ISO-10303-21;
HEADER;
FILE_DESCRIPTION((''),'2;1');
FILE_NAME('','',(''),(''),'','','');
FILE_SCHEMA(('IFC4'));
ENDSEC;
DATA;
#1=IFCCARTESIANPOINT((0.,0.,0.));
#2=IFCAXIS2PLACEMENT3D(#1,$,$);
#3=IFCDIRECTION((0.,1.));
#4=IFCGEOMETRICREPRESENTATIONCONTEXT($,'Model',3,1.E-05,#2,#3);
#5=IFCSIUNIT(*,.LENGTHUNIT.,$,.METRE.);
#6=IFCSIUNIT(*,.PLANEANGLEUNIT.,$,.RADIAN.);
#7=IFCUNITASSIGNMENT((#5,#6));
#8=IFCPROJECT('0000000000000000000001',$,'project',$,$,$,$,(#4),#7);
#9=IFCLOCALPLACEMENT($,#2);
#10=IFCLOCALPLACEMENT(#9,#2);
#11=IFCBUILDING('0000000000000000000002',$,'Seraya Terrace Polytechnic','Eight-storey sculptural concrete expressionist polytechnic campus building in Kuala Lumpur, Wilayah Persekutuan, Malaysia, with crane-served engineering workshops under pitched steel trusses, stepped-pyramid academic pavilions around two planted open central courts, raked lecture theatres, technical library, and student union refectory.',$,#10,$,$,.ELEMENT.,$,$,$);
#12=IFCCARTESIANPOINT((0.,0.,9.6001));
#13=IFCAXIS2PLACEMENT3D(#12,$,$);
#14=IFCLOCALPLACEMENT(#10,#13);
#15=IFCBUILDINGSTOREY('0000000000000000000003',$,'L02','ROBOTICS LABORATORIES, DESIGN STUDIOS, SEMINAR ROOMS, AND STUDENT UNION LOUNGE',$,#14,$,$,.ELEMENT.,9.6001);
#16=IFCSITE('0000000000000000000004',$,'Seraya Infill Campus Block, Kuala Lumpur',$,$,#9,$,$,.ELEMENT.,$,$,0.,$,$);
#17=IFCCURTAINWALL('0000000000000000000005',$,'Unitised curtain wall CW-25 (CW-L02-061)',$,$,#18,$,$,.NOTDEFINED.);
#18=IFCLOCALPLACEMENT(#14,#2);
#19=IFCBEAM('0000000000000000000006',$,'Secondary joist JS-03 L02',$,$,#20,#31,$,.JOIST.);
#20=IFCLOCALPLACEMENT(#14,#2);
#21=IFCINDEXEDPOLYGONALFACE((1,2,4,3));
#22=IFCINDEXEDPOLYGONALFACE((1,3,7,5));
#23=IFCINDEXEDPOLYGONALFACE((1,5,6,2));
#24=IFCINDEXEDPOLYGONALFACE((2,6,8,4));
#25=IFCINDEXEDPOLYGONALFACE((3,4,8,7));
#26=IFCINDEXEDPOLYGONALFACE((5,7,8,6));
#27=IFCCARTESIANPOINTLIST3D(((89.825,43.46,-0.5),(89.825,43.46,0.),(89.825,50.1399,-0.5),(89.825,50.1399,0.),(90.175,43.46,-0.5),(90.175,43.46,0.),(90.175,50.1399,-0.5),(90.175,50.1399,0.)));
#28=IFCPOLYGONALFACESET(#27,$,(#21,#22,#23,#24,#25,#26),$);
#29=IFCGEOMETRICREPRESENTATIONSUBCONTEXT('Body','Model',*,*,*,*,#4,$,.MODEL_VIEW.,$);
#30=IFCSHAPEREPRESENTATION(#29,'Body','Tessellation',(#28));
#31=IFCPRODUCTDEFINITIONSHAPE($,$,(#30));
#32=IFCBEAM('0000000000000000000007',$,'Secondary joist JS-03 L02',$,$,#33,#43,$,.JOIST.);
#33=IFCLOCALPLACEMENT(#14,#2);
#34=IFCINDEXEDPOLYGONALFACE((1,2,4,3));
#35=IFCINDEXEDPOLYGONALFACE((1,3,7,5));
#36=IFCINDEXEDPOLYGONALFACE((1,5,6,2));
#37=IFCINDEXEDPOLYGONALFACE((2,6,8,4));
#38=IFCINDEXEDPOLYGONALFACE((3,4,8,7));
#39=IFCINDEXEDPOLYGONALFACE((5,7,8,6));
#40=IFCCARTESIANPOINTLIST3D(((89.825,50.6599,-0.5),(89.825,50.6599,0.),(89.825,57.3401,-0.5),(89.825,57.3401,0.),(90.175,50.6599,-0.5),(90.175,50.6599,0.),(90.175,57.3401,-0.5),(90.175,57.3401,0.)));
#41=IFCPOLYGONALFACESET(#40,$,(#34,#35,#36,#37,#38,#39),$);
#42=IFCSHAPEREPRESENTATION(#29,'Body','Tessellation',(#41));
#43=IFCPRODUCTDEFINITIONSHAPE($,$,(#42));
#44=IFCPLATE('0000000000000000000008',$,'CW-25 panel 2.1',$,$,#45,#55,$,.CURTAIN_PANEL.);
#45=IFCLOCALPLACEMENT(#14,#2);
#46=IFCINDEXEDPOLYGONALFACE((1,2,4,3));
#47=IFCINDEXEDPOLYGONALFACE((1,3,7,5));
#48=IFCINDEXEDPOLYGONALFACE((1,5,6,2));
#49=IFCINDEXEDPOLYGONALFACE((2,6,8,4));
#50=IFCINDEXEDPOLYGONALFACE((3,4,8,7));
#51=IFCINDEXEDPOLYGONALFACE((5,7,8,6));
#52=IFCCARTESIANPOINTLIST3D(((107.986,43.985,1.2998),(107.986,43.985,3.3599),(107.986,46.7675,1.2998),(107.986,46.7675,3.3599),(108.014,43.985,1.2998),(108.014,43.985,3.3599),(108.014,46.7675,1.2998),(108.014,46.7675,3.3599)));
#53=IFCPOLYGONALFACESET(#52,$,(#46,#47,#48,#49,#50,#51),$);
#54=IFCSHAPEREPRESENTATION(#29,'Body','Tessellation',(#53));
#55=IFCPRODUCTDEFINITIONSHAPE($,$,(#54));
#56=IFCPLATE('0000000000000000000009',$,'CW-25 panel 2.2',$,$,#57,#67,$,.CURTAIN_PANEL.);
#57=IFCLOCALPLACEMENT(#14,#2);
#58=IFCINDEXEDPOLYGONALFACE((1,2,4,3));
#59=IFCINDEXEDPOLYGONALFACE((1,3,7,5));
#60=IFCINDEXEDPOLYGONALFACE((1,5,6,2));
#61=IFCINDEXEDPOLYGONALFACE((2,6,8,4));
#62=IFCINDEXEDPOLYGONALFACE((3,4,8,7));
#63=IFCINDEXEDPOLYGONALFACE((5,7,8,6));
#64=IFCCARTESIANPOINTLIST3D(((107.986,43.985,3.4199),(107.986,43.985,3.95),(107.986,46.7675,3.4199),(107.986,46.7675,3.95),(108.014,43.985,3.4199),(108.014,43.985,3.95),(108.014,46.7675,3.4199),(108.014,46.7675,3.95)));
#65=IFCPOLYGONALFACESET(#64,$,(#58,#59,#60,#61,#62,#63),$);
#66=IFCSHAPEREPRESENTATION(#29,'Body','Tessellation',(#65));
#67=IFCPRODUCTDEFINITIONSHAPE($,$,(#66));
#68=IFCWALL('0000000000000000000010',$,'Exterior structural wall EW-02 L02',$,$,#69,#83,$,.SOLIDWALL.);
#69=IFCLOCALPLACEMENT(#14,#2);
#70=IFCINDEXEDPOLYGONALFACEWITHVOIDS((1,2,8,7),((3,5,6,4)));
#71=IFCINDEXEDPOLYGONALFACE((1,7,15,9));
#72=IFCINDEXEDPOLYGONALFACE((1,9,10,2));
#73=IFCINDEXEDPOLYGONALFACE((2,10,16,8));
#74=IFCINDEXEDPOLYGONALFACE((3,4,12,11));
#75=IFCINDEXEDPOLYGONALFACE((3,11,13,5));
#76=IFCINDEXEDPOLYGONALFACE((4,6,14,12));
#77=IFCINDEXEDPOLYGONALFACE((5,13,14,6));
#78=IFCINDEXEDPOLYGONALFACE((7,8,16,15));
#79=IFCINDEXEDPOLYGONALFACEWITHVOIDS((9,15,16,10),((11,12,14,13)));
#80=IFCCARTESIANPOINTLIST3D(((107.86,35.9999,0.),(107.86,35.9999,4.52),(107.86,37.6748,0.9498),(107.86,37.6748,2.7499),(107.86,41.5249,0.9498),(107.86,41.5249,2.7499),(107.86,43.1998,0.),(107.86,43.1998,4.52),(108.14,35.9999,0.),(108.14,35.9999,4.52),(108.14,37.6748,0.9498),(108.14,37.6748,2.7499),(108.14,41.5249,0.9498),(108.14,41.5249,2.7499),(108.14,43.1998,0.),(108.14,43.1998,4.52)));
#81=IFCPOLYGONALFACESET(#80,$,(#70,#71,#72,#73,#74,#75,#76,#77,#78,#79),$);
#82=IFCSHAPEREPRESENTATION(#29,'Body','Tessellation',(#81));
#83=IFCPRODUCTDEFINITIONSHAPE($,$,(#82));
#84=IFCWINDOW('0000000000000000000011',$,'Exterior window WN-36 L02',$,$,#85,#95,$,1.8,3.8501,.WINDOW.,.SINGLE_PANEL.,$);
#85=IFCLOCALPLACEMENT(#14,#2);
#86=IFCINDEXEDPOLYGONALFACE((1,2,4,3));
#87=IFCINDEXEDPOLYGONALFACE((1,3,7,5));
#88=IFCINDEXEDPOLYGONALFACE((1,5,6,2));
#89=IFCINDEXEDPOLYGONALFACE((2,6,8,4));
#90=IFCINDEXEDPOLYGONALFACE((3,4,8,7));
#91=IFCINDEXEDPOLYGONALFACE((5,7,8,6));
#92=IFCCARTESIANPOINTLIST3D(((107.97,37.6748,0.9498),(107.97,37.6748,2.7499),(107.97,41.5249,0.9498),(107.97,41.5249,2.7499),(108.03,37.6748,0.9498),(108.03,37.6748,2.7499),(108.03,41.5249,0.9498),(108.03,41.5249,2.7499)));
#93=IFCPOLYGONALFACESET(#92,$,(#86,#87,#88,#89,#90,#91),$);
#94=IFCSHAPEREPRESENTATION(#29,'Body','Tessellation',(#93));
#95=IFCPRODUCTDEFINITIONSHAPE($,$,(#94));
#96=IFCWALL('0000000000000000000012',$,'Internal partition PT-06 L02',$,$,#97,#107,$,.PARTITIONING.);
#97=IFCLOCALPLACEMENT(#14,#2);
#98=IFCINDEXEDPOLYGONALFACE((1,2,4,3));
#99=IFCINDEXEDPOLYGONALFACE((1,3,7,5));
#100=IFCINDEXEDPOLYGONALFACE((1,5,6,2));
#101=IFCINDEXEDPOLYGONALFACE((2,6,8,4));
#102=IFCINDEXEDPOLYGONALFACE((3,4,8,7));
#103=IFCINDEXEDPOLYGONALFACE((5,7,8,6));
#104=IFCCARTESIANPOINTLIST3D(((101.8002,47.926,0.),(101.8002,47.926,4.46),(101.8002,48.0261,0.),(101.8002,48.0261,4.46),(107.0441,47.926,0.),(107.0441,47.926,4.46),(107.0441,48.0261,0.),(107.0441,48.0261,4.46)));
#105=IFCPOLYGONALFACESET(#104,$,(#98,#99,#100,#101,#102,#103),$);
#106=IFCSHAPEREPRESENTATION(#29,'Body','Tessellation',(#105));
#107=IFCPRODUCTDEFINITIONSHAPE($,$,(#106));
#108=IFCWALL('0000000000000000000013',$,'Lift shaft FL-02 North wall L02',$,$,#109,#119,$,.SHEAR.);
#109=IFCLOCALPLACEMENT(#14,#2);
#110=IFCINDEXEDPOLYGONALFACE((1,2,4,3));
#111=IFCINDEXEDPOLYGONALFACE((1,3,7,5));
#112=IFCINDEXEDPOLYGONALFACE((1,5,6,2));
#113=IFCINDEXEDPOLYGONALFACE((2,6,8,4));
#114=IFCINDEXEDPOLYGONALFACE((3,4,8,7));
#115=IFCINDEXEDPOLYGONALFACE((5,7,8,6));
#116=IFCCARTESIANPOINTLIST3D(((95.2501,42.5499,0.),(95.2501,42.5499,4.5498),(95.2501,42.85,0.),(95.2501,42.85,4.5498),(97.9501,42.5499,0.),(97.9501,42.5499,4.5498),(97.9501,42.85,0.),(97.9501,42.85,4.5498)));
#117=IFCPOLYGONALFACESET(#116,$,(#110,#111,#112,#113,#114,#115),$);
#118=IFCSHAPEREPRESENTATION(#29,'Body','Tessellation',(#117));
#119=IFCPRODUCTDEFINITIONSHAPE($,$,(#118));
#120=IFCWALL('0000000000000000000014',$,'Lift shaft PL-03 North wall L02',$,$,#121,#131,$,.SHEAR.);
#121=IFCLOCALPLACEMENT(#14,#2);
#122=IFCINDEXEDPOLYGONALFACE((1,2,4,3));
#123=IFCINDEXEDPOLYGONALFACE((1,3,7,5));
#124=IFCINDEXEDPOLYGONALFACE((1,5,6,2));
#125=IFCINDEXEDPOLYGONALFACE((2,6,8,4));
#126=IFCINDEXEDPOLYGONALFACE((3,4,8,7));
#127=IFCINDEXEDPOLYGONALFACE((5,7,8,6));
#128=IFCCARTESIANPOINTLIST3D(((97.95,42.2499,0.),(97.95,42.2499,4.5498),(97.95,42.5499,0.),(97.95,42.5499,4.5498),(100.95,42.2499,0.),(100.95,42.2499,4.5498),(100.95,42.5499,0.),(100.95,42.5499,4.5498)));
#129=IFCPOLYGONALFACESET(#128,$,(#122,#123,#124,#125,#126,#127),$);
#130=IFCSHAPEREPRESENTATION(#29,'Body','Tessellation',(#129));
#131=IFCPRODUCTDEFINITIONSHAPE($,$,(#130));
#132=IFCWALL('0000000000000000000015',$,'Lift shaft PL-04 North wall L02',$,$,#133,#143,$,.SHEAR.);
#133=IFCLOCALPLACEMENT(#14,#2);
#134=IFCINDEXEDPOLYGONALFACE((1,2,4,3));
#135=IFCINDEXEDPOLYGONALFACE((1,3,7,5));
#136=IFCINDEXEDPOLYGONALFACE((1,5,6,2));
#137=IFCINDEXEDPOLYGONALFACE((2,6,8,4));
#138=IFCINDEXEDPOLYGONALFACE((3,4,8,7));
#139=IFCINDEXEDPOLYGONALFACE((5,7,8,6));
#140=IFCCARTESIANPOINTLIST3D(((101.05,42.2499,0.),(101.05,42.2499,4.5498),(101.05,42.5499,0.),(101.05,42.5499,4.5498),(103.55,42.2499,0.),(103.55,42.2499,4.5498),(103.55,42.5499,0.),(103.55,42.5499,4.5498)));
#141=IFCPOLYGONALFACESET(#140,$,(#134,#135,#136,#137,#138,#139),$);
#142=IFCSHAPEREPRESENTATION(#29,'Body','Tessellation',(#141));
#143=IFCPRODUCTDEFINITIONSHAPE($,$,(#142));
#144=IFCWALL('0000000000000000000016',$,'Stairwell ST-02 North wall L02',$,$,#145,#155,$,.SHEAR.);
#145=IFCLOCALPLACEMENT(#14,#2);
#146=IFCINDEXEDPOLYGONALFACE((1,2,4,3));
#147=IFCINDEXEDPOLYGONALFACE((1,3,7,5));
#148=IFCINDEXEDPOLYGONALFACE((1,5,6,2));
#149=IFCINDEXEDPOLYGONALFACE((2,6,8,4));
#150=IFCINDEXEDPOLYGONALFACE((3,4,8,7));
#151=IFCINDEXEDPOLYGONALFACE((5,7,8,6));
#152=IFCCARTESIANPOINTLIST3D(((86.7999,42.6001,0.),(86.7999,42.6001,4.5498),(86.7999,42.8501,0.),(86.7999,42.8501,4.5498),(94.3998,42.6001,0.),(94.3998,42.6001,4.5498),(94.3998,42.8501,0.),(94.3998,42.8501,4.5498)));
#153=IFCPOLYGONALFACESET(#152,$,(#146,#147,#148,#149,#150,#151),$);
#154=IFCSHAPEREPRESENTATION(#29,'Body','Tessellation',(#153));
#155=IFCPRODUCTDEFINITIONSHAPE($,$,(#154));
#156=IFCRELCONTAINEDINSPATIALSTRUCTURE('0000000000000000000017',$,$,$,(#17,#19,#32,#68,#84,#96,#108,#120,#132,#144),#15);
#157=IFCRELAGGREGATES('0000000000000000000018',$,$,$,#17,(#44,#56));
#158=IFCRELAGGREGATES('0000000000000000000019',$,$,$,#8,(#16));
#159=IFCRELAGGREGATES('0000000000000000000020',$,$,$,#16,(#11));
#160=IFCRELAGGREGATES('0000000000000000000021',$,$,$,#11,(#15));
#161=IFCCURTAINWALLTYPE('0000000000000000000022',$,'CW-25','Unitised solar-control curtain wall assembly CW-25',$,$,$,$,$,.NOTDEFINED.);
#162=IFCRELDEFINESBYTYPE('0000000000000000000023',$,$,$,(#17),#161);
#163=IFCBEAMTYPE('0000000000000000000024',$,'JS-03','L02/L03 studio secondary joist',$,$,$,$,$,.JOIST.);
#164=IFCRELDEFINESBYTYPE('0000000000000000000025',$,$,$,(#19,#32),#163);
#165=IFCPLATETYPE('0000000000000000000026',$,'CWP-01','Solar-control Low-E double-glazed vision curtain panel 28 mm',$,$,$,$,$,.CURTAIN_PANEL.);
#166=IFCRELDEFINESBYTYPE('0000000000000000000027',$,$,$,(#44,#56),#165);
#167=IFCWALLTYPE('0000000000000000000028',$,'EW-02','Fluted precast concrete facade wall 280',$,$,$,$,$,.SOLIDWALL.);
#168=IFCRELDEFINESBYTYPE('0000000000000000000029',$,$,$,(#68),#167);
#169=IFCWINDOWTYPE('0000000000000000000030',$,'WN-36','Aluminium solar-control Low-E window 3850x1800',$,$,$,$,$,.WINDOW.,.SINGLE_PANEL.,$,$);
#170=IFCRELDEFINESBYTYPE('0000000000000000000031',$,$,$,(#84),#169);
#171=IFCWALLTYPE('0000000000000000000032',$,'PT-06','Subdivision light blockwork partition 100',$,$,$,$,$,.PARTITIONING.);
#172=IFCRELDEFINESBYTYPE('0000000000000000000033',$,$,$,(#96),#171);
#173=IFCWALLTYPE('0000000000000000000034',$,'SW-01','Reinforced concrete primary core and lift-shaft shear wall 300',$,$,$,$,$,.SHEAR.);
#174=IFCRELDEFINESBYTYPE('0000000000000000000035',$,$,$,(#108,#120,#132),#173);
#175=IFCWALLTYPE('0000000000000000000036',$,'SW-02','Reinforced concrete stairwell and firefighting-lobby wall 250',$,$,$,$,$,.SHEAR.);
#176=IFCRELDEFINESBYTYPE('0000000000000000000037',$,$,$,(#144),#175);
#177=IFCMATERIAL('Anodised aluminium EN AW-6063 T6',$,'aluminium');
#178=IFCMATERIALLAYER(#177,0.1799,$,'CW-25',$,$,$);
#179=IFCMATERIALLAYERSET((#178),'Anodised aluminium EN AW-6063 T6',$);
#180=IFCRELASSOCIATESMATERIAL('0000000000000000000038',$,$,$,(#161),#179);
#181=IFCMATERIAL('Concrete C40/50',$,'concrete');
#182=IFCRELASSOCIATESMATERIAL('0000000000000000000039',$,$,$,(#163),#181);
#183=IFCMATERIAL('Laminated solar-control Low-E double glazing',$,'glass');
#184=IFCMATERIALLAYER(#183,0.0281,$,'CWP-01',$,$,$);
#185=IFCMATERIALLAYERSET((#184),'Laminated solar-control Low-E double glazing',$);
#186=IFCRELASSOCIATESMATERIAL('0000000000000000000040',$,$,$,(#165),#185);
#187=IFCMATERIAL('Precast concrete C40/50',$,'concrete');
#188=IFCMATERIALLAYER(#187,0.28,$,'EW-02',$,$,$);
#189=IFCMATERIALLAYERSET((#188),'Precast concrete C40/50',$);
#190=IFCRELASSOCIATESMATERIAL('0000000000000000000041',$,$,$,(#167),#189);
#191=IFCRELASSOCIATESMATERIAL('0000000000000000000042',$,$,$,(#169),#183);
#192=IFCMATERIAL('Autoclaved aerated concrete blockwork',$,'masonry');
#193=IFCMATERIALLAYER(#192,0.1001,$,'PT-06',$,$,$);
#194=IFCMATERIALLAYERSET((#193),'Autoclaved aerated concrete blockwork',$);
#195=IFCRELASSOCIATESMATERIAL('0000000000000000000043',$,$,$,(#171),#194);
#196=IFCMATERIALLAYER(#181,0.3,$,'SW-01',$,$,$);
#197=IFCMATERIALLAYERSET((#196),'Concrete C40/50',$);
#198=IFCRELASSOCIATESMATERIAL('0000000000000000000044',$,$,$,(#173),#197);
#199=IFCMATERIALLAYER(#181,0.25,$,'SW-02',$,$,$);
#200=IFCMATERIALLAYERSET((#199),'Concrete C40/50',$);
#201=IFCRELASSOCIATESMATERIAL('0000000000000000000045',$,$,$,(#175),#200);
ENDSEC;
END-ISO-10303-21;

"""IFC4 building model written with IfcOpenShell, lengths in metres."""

from ifc_helpers import new_model, si_unit, direction, frame, frame_2d, origin, origin_2d, place, context, subcontext, project, spatial, rectangle, extrude, material, layer, layer_set, material_profile, profile_set, type_object, element, fill, aggregate, save


model = new_model("IFC4")

# Units and contexts
model_context = context("Model", 3, precision=1e-05, world=origin(), true_north=direction((0.0, 1.0)))
body_context = subcontext(model_context, "Body", "Model", "MODEL_VIEW")
ifc_project = project(units=[si_unit("LENGTHUNIT", "METRE"), si_unit("PLANEANGLEUNIT", "RADIAN")], contexts=[model_context])

# Site, building, storey
site_placement = place(None, origin())
site = spatial("IfcSite", under=ifc_project, at=site_placement, Name="Seraya Infill Campus Block, Kuala Lumpur", CompositionType="ELEMENT", RefElevation=0.0)
building_placement = place(site_placement, origin())
building = spatial("IfcBuilding", under=site, at=building_placement, Name="Seraya Terrace Polytechnic", Description="Eight-storey sculptural concrete expressionist polytechnic campus building in Kuala Lumpur, Wilayah Persekutuan, Malaysia, with crane-served engineering workshops under pitched steel trusses, stepped-pyramid academic pavilions around two planted open central courts, raked lecture theatres, technical library, and student union refectory.", CompositionType="ELEMENT")
storey_placement = place(building_placement, frame((0.0, 0.0, 9.6001)))
storey = spatial("IfcBuildingStorey", under=building, at=storey_placement, Name="L02", Description="ROBOTICS LABORATORIES, DESIGN STUDIOS, SEMINAR ROOMS, AND STUDENT UNION LOUNGE", CompositionType="ELEMENT", Elevation=9.6001)

# Shared definitions
ifc_material_1 = material(Name="Concrete C40/50", Category="concrete")

# Curtain wall
ifc_material_2 = material(Name="Anodised aluminium EN AW-6063 T6", Category="aluminium")
ifc_layer_1 = layer(ifc_material_2, 0.1799, Name="CW-25")
ifc_layer_set_1 = layer_set([ifc_layer_1], Name="Anodised aluminium EN AW-6063 T6")
curtain_wall_type = type_object("IfcCurtainWallType", Name="CW-25", Description="Unitised solar-control curtain wall assembly CW-25", PredefinedType="NOTDEFINED", material=ifc_layer_set_1)
curtain_wall_placement = place(storey_placement, origin())
curtain_wall = element("IfcCurtainWall", 1, at=curtain_wall_placement, inside=storey, type_object=curtain_wall_type, Name="Unitised curtain wall CW-25 (CW-L02-061)", PredefinedType="NOTDEFINED")

# Beams
ifc_material_profile_1 = material_profile(ifc_material_1, rectangle(XDim=0.3501, YDim=0.5, at=origin_2d()), Name="RC 350x500")
ifc_profile_set_1 = profile_set([ifc_material_profile_1], Name="Concrete C40/50")
beam_type_1 = type_object("IfcBeamType", Name="JS-03", Description="L02/L03 studio secondary joist", PredefinedType="JOIST", material=ifc_profile_set_1)
beam_1_placement = place(storey_placement, frame((90.0, 43.46, -0.25), z_axis=(0.0, 1.0, 0.0), x_axis=(-1.0, 0.0, 0.0)))
element("IfcBeam", 2, at=beam_1_placement, inside=storey, type_object=beam_type_1, Name="Secondary joist JS-03 L02", PredefinedType="JOIST", context=body_context, shape_type="SweptSolid", body=[
    extrude(rectangle(XDim=0.3501, YDim=0.5, at=origin_2d()), origin(), (0.0, 0.0, 1.0), 6.6799),
])
beam_2_placement = place(storey_placement, frame((90.0, 50.6599, -0.25), z_axis=(0.0, 1.0, 0.0), x_axis=(-1.0, 0.0, 0.0)))
element("IfcBeam", 3, at=beam_2_placement, inside=storey, type_object=beam_type_1, Name="Secondary joist JS-03 L02", PredefinedType="JOIST", context=body_context, shape_type="SweptSolid", body=[
    extrude(rectangle(XDim=0.3501, YDim=0.5, at=origin_2d()), origin(), (0.0, 0.0, 1.0), 6.6802),
])

# Plates
ifc_material_3 = material(Name="Laminated solar-control Low-E double glazing", Category="glass")
ifc_layer_2 = layer(ifc_material_3, 0.0281, Name="CWP-01")
ifc_layer_set_2 = layer_set([ifc_layer_2], Name="Laminated solar-control Low-E double glazing")
plate_type = type_object("IfcPlateType", Name="CWP-01", Description="Solar-control Low-E double-glazed vision curtain panel 28 mm", PredefinedType="CURTAIN_PANEL", material=ifc_layer_set_2)
plate_1_placement = place(storey_placement, frame((108.0, 45.3762, 1.2998), z_axis=(0.0, 0.0, 1.0), x_axis=(0.0, -1.0, 0.0)))
plate_1 = element("IfcPlate", 4, at=plate_1_placement, type_object=plate_type, Name="CW-25 panel 2.1", PredefinedType="CURTAIN_PANEL", context=body_context, shape_type="SweptSolid", body=[
    extrude(rectangle(XDim=2.7825, YDim=0.0281, at=origin_2d()), origin(), (0.0, 0.0, 1.0), 2.0601),
])
plate_2_placement = place(storey_placement, frame((108.0, 45.3762, 3.4199), z_axis=(0.0, 0.0, 1.0), x_axis=(0.0, -1.0, 0.0)))
plate_2 = element("IfcPlate", 5, at=plate_2_placement, type_object=plate_type, Name="CW-25 panel 2.2", PredefinedType="CURTAIN_PANEL", context=body_context, shape_type="SweptSolid", body=[
    extrude(rectangle(XDim=2.7825, YDim=0.0281, at=origin_2d()), origin(), (0.0, 0.0, 1.0), 0.53),
])
aggregate(curtain_wall, [plate_1, plate_2])

# Wall, opening, window
ifc_material_4 = material(Name="Precast concrete C40/50", Category="concrete")
ifc_layer_3 = layer(ifc_material_4, 0.28, Name="EW-02")
ifc_layer_set_3 = layer_set([ifc_layer_3], Name="Precast concrete C40/50")
wall_type_1 = type_object("IfcWallType", Name="EW-02", Description="Fluted precast concrete facade wall 280", PredefinedType="SOLIDWALL", material=ifc_layer_set_3)
wall_1_placement = place(storey_placement, frame((108.0, 43.2, 0.0), z_axis=(0.0, 0.0, 1.0), x_axis=(0.0, -1.0, 0.0)))
wall_1 = element("IfcWall", 6, at=wall_1_placement, inside=storey, type_object=wall_type_1, Name="Exterior structural wall EW-02 L02", PredefinedType="SOLIDWALL", context=body_context, shape_type="SweptSolid", body=[
    extrude(rectangle(XDim=7.2, YDim=0.28, at=frame_2d((3.6001, 0.0))), origin(), (0.0, 0.0, 1.0), 4.52),
])
opening_placement = place(wall_1_placement, frame((1.675, 0.0, 0.95)))
opening = element("IfcOpeningElement", 7, at=opening_placement, cuts=wall_1, PredefinedType="OPENING", context=body_context, shape_type="SweptSolid", body=[
    extrude(rectangle(XDim=3.8501, YDim=1.8, at=frame_2d((1.925, 0.8999))), frame((0.0, 0.1519, 0.0), z_axis=(0.0, -1.0, 0.0), x_axis=(1.0, 0.0, 0.0)), (0.0, 0.0, 1.0), 0.304),
])
window_type = type_object("IfcWindowType", Name="WN-36", Description="Aluminium solar-control Low-E window 3850x1800", PartitioningType="SINGLE_PANEL", PredefinedType="WINDOW", material=ifc_material_3)
window_placement = place(opening_placement, origin())
window = element("IfcWindow", 8, at=window_placement, inside=storey, type_object=window_type, Name="Exterior window WN-36 L02", OverallHeight=1.8, OverallWidth=3.8501, PartitioningType="SINGLE_PANEL", PredefinedType="WINDOW", context=body_context, shape_type="SweptSolid", body=[
    extrude(rectangle(XDim=3.8501, YDim=1.8, at=frame_2d((1.925, 0.8999))), frame((0.0, 0.03, 0.0), z_axis=(0.0, -1.0, 0.0), x_axis=(1.0, 0.0, 0.0)), (0.0, 0.0, 1.0), 0.0601),
])
fill(opening, window)

# Walls
ifc_material_5 = material(Name="Autoclaved aerated concrete blockwork", Category="masonry")
ifc_layer_4 = layer(ifc_material_5, 0.1001, Name="PT-06")
ifc_layer_set_4 = layer_set([ifc_layer_4], Name="Autoclaved aerated concrete blockwork")
wall_type_2 = type_object("IfcWallType", Name="PT-06", Description="Subdivision light blockwork partition 100", PredefinedType="PARTITIONING", material=ifc_layer_set_4)
wall_2_placement = place(storey_placement, frame((101.8, 47.9761, 0.0), z_axis=(0.0, 0.0, 1.0), x_axis=(1.0, 0.0, 0.0)))
element("IfcWall", 9, at=wall_2_placement, inside=storey, type_object=wall_type_2, Name="Internal partition PT-06 L02", PredefinedType="PARTITIONING", context=body_context, shape_type="SweptSolid", body=[
    extrude(rectangle(XDim=5.2439, YDim=0.1001, at=frame_2d((2.6221, 0.0))), origin(), (0.0, 0.0, 1.0), 4.46),
])
ifc_layer_5 = layer(ifc_material_1, 0.3, Name="SW-01")
ifc_layer_set_5 = layer_set([ifc_layer_5], Name="Concrete C40/50")
wall_type_3 = type_object("IfcWallType", Name="SW-01", Description="Reinforced concrete primary core and lift-shaft shear wall 300", PredefinedType="SHEAR", material=ifc_layer_set_5)
wall_3_placement = place(storey_placement, frame((95.25, 42.7, 0.0), z_axis=(0.0, 0.0, 1.0), x_axis=(1.0, 0.0, 0.0)))
element("IfcWall", 10, at=wall_3_placement, inside=storey, type_object=wall_type_3, Name="Lift shaft FL-02 North wall L02", PredefinedType="SHEAR", context=body_context, shape_type="SweptSolid", body=[
    extrude(rectangle(XDim=2.7, YDim=0.3, at=frame_2d((1.3501, 0.0))), origin(), (0.0, 0.0, 1.0), 4.5498),
])
wall_4_placement = place(storey_placement, frame((97.95, 42.3999, 0.0), z_axis=(0.0, 0.0, 1.0), x_axis=(1.0, 0.0, 0.0)))
element("IfcWall", 11, at=wall_4_placement, inside=storey, type_object=wall_type_3, Name="Lift shaft PL-03 North wall L02", PredefinedType="SHEAR", context=body_context, shape_type="SweptSolid", body=[
    extrude(rectangle(XDim=3.0, YDim=0.3, at=frame_2d((1.5, 0.0))), origin(), (0.0, 0.0, 1.0), 4.5498),
])
wall_5_placement = place(storey_placement, frame((101.05, 42.3999, 0.0), z_axis=(0.0, 0.0, 1.0), x_axis=(1.0, 0.0, 0.0)))
element("IfcWall", 12, at=wall_5_placement, inside=storey, type_object=wall_type_3, Name="Lift shaft PL-04 North wall L02", PredefinedType="SHEAR", context=body_context, shape_type="SweptSolid", body=[
    extrude(rectangle(XDim=2.5, YDim=0.3, at=frame_2d((1.25, 0.0))), origin(), (0.0, 0.0, 1.0), 4.5498),
])
ifc_layer_6 = layer(ifc_material_1, 0.25, Name="SW-02")
ifc_layer_set_6 = layer_set([ifc_layer_6], Name="Concrete C40/50")
wall_type_4 = type_object("IfcWallType", Name="SW-02", Description="Reinforced concrete stairwell and firefighting-lobby wall 250", PredefinedType="SHEAR", material=ifc_layer_set_6)
wall_6_placement = place(storey_placement, frame((86.8, 42.7251, 0.0), z_axis=(0.0, 0.0, 1.0), x_axis=(1.0, 0.0, 0.0)))
element("IfcWall", 13, at=wall_6_placement, inside=storey, type_object=wall_type_4, Name="Stairwell ST-02 North wall L02", PredefinedType="SHEAR", context=body_context, shape_type="SweptSolid", body=[
    extrude(rectangle(XDim=7.5999, YDim=0.25, at=frame_2d((3.7998, 0.0))), origin(), (0.0, 0.0, 1.0), 4.5498),
])

save(model, "model.ifc")
